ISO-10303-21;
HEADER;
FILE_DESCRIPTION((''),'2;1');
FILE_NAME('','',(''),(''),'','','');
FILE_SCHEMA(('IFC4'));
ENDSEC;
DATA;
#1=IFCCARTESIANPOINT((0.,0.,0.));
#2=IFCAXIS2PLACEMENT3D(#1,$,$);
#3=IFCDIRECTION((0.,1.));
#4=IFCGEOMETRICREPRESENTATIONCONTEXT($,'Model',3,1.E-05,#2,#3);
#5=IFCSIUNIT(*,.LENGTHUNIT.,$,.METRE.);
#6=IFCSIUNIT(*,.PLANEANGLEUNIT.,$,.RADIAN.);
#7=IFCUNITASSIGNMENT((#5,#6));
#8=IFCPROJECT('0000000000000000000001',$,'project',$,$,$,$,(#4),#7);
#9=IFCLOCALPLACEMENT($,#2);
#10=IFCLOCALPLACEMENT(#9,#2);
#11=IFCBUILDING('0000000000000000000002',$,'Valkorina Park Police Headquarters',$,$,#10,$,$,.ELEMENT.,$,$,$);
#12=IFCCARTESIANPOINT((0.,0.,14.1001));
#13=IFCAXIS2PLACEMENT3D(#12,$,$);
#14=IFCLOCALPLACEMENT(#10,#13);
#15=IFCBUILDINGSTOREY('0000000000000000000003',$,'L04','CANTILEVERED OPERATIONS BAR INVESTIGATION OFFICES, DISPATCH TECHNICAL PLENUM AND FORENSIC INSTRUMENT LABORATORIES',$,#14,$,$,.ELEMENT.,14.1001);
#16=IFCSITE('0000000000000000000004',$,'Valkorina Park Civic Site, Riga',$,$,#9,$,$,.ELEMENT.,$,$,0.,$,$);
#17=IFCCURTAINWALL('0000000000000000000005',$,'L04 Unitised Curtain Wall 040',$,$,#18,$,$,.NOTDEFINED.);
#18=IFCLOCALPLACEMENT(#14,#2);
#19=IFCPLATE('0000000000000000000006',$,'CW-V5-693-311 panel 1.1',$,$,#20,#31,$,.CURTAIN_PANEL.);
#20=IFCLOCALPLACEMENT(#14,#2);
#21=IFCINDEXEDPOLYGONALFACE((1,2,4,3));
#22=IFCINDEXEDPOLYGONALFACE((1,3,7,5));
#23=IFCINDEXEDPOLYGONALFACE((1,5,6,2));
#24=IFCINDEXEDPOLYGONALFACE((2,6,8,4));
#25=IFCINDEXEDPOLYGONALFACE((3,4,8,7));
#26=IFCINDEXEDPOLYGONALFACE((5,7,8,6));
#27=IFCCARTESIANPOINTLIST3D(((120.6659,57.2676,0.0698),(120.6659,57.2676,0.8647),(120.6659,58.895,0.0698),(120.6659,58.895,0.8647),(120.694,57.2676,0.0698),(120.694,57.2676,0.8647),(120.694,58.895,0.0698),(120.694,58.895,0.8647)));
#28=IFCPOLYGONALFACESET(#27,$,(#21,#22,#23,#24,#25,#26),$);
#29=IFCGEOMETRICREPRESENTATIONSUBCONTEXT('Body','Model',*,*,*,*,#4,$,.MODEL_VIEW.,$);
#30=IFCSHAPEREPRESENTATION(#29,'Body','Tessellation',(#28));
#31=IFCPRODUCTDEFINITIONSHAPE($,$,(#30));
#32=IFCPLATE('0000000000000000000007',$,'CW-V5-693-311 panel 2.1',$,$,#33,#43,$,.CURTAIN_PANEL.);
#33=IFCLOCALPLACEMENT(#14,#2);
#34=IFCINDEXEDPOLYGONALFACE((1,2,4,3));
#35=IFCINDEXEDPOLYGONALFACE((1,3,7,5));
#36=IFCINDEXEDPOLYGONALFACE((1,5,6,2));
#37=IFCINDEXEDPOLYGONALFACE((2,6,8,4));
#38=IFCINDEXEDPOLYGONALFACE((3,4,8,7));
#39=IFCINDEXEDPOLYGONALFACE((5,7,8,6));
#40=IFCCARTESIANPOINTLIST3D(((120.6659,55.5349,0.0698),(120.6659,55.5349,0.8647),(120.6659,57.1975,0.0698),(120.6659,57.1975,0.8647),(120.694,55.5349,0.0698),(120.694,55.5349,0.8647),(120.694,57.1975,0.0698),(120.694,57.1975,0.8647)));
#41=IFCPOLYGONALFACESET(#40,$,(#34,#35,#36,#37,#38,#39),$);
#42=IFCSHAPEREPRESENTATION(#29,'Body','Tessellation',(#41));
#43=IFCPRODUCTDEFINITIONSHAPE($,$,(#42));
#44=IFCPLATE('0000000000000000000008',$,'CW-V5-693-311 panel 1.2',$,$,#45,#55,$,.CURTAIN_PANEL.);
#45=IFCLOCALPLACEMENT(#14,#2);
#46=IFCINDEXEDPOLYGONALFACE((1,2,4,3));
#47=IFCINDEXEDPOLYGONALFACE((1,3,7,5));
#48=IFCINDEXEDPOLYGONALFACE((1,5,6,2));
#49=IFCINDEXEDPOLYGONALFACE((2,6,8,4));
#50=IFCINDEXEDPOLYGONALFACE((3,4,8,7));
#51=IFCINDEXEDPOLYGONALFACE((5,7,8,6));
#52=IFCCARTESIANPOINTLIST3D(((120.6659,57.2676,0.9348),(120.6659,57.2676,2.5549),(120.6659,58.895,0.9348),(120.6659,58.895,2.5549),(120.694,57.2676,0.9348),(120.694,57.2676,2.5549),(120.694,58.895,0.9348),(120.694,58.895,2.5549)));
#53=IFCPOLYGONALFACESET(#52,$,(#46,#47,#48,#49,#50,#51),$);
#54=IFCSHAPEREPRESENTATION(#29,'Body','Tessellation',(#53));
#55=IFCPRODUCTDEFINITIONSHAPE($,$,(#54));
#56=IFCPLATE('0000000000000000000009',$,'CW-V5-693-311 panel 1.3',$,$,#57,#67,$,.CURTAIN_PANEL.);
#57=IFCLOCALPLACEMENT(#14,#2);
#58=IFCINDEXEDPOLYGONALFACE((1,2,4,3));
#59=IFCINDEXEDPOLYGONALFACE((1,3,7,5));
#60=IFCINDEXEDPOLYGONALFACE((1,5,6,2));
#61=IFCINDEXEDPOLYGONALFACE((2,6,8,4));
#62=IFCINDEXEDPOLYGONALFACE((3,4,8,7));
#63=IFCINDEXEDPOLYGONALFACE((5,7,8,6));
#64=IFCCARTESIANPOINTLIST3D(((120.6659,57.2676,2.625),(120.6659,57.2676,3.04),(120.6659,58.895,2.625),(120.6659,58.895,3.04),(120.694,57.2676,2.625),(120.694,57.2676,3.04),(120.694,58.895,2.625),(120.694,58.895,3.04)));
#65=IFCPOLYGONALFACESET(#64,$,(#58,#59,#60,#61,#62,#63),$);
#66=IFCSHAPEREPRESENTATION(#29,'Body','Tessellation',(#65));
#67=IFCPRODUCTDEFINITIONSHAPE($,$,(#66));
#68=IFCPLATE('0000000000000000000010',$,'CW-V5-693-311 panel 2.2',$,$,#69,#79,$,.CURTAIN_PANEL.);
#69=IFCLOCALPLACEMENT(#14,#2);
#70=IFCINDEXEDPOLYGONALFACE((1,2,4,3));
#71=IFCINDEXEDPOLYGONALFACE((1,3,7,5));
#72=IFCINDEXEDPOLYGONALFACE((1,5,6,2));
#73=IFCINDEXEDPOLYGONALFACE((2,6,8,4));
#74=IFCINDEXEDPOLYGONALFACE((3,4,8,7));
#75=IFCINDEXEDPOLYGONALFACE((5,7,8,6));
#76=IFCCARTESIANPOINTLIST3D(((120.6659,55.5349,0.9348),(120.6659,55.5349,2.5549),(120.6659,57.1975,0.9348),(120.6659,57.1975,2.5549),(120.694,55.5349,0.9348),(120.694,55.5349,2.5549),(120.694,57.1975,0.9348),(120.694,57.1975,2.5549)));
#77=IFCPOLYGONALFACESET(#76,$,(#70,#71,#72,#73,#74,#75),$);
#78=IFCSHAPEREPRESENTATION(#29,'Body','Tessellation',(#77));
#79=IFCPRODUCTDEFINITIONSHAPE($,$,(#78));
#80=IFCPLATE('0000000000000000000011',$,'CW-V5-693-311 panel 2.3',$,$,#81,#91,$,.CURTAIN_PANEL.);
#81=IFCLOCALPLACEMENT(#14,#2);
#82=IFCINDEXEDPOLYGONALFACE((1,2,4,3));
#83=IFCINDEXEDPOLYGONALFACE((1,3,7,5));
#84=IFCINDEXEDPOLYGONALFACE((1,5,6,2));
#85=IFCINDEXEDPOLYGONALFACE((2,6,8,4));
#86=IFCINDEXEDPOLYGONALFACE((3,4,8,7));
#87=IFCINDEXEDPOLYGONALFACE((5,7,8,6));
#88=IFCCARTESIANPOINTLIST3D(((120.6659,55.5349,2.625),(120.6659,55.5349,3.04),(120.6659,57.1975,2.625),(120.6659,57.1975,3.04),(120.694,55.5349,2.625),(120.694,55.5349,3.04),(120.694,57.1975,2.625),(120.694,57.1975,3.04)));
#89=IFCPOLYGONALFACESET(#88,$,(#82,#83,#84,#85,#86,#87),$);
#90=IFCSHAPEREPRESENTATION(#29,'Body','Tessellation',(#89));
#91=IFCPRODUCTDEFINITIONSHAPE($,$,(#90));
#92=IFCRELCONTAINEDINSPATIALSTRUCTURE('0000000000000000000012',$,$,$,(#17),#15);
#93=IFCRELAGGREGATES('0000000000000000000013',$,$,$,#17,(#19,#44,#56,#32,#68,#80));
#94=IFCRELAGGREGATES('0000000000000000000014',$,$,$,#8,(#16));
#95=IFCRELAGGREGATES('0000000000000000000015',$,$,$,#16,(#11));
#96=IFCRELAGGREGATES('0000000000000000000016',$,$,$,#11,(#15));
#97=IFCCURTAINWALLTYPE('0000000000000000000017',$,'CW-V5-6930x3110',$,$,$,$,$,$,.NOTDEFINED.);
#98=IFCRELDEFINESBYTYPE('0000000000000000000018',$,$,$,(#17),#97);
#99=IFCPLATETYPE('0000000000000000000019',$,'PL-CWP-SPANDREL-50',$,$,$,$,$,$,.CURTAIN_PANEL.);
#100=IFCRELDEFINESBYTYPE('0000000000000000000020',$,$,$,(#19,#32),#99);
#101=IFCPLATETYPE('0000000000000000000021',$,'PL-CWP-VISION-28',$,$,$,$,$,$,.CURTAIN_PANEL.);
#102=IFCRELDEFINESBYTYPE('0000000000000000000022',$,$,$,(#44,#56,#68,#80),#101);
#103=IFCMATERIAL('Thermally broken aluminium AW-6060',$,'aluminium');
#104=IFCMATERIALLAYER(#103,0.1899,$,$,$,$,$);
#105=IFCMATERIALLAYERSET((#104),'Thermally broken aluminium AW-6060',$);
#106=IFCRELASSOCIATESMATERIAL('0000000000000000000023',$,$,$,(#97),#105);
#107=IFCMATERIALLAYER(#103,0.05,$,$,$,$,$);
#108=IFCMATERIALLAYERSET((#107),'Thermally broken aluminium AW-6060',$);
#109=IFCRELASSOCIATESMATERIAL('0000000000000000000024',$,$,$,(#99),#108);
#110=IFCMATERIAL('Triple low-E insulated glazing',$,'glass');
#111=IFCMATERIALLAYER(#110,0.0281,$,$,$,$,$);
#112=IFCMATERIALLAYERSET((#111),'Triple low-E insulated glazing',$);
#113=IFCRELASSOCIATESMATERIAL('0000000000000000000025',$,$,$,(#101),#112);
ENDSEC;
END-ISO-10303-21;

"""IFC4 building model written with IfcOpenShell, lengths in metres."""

from ifc_helpers import new_model, si_unit, direction, frame, origin, origin_2d, place, context, subcontext, project, spatial, rectangle, extrude, material, layer, layer_set, type_object, element, aggregate, save


model = new_model("IFC4")

# Units and contexts
model_context = context("Model", 3, precision=1e-05, world=origin(), true_north=direction((0.0, 1.0)))
body_context = subcontext(model_context, "Body", "Model", "MODEL_VIEW")
ifc_project = project(units=[si_unit("LENGTHUNIT", "METRE"), si_unit("PLANEANGLEUNIT", "RADIAN")], contexts=[model_context])

# Site, building, storey
site_placement = place(None, origin())
site = spatial("IfcSite", under=ifc_project, at=site_placement, Name="Valkorina Park Civic Site, Riga", CompositionType="ELEMENT", RefElevation=0.0)
building_placement = place(site_placement, origin())
building = spatial("IfcBuilding", under=site, at=building_placement, Name="Valkorina Park Police Headquarters", CompositionType="ELEMENT")
storey_placement = place(building_placement, frame((0.0, 0.0, 14.1001)))
storey = spatial("IfcBuildingStorey", under=building, at=storey_placement, Name="L04", Description="CANTILEVERED OPERATIONS BAR INVESTIGATION OFFICES, DISPATCH TECHNICAL PLENUM AND FORENSIC INSTRUMENT LABORATORIES", CompositionType="ELEMENT", Elevation=14.1001)

# Curtain wall, plates
ifc_material_1 = material(Name="Thermally broken aluminium AW-6060", Category="aluminium")
ifc_layer_1 = layer(ifc_material_1, 0.1899)
ifc_layer_set_1 = layer_set([ifc_layer_1], Name="Thermally broken aluminium AW-6060")
curtain_wall_type = type_object("IfcCurtainWallType", Name="CW-V5-6930x3110", PredefinedType="NOTDEFINED", material=ifc_layer_set_1)
curtain_wall_placement = place(storey_placement, origin())
curtain_wall = element("IfcCurtainWall", 1, at=curtain_wall_placement, inside=storey, type_object=curtain_wall_type, Name="L04 Unitised Curtain Wall 040", PredefinedType="NOTDEFINED")
ifc_layer_2 = layer(ifc_material_1, 0.05)
ifc_layer_set_2 = layer_set([ifc_layer_2], Name="Thermally broken aluminium AW-6060")
plate_type_1 = type_object("IfcPlateType", Name="PL-CWP-SPANDREL-50", PredefinedType="CURTAIN_PANEL", material=ifc_layer_set_2)
plate_1_placement = place(storey_placement, frame((120.6799, 58.0813, 0.0698), z_axis=(0.0, 0.0, 1.0), x_axis=(0.0, -1.0, 0.0)))
plate_1 = element("IfcPlate", 2, at=plate_1_placement, type_object=plate_type_1, Name="CW-V5-693-311 panel 1.1", PredefinedType="CURTAIN_PANEL", context=body_context, shape_type="SweptSolid", body=[
    extrude(rectangle(XDim=1.6274, YDim=0.0281, at=origin_2d()), origin(), (0.0, 0.0, 1.0), 0.7949),
])
plate_2_placement = place(storey_placement, frame((120.6799, 56.3662, 0.0698), z_axis=(0.0, 0.0, 1.0), x_axis=(0.0, -1.0, 0.0)))
plate_2 = element("IfcPlate", 3, at=plate_2_placement, type_object=plate_type_1, Name="CW-V5-693-311 panel 2.1", PredefinedType="CURTAIN_PANEL", context=body_context, shape_type="SweptSolid", body=[
    extrude(rectangle(XDim=1.6626, YDim=0.0281, at=origin_2d()), origin(), (0.0, 0.0, 1.0), 0.7949),
])
ifc_material_2 = material(Name="Triple low-E insulated glazing", Category="glass")
ifc_layer_3 = layer(ifc_material_2, 0.0281)
ifc_layer_set_3 = layer_set([ifc_layer_3], Name="Triple low-E insulated glazing")
plate_type_2 = type_object("IfcPlateType", Name="PL-CWP-VISION-28", PredefinedType="CURTAIN_PANEL", material=ifc_layer_set_3)
plate_3_placement = place(storey_placement, frame((120.6799, 58.0813, 0.9348), z_axis=(0.0, 0.0, 1.0), x_axis=(0.0, -1.0, 0.0)))
plate_3 = element("IfcPlate", 4, at=plate_3_placement, type_object=plate_type_2, Name="CW-V5-693-311 panel 1.2", PredefinedType="CURTAIN_PANEL", context=body_context, shape_type="SweptSolid", body=[
    extrude(rectangle(XDim=1.6274, YDim=0.0281, at=origin_2d()), origin(), (0.0, 0.0, 1.0), 1.6201),
])
plate_4_placement = place(storey_placement, frame((120.6799, 58.0813, 2.625), z_axis=(0.0, 0.0, 1.0), x_axis=(0.0, -1.0, 0.0)))
plate_4 = element("IfcPlate", 5, at=plate_4_placement, type_object=plate_type_2, Name="CW-V5-693-311 panel 1.3", PredefinedType="CURTAIN_PANEL", context=body_context, shape_type="SweptSolid", body=[
    extrude(rectangle(XDim=1.6274, YDim=0.0281, at=origin_2d()), origin(), (0.0, 0.0, 1.0), 0.415),
])
plate_5_placement = place(storey_placement, frame((120.6799, 56.3662, 0.9348), z_axis=(0.0, 0.0, 1.0), x_axis=(0.0, -1.0, 0.0)))
plate_5 = element("IfcPlate", 6, at=plate_5_placement, type_object=plate_type_2, Name="CW-V5-693-311 panel 2.2", PredefinedType="CURTAIN_PANEL", context=body_context, shape_type="SweptSolid", body=[
    extrude(rectangle(XDim=1.6626, YDim=0.0281, at=origin_2d()), origin(), (0.0, 0.0, 1.0), 1.6201),
])
plate_6_placement = place(storey_placement, frame((120.6799, 56.3662, 2.625), z_axis=(0.0, 0.0, 1.0), x_axis=(0.0, -1.0, 0.0)))
plate_6 = element("IfcPlate", 7, at=plate_6_placement, type_object=plate_type_2, Name="CW-V5-693-311 panel 2.3", PredefinedType="CURTAIN_PANEL", context=body_context, shape_type="SweptSolid", body=[
    extrude(rectangle(XDim=1.6626, YDim=0.0281, at=origin_2d()), origin(), (0.0, 0.0, 1.0), 0.415),
])
aggregate(curtain_wall, [plate_1, plate_3, plate_4, plate_2, plate_5, plate_6])

save(model, "model.ifc")
